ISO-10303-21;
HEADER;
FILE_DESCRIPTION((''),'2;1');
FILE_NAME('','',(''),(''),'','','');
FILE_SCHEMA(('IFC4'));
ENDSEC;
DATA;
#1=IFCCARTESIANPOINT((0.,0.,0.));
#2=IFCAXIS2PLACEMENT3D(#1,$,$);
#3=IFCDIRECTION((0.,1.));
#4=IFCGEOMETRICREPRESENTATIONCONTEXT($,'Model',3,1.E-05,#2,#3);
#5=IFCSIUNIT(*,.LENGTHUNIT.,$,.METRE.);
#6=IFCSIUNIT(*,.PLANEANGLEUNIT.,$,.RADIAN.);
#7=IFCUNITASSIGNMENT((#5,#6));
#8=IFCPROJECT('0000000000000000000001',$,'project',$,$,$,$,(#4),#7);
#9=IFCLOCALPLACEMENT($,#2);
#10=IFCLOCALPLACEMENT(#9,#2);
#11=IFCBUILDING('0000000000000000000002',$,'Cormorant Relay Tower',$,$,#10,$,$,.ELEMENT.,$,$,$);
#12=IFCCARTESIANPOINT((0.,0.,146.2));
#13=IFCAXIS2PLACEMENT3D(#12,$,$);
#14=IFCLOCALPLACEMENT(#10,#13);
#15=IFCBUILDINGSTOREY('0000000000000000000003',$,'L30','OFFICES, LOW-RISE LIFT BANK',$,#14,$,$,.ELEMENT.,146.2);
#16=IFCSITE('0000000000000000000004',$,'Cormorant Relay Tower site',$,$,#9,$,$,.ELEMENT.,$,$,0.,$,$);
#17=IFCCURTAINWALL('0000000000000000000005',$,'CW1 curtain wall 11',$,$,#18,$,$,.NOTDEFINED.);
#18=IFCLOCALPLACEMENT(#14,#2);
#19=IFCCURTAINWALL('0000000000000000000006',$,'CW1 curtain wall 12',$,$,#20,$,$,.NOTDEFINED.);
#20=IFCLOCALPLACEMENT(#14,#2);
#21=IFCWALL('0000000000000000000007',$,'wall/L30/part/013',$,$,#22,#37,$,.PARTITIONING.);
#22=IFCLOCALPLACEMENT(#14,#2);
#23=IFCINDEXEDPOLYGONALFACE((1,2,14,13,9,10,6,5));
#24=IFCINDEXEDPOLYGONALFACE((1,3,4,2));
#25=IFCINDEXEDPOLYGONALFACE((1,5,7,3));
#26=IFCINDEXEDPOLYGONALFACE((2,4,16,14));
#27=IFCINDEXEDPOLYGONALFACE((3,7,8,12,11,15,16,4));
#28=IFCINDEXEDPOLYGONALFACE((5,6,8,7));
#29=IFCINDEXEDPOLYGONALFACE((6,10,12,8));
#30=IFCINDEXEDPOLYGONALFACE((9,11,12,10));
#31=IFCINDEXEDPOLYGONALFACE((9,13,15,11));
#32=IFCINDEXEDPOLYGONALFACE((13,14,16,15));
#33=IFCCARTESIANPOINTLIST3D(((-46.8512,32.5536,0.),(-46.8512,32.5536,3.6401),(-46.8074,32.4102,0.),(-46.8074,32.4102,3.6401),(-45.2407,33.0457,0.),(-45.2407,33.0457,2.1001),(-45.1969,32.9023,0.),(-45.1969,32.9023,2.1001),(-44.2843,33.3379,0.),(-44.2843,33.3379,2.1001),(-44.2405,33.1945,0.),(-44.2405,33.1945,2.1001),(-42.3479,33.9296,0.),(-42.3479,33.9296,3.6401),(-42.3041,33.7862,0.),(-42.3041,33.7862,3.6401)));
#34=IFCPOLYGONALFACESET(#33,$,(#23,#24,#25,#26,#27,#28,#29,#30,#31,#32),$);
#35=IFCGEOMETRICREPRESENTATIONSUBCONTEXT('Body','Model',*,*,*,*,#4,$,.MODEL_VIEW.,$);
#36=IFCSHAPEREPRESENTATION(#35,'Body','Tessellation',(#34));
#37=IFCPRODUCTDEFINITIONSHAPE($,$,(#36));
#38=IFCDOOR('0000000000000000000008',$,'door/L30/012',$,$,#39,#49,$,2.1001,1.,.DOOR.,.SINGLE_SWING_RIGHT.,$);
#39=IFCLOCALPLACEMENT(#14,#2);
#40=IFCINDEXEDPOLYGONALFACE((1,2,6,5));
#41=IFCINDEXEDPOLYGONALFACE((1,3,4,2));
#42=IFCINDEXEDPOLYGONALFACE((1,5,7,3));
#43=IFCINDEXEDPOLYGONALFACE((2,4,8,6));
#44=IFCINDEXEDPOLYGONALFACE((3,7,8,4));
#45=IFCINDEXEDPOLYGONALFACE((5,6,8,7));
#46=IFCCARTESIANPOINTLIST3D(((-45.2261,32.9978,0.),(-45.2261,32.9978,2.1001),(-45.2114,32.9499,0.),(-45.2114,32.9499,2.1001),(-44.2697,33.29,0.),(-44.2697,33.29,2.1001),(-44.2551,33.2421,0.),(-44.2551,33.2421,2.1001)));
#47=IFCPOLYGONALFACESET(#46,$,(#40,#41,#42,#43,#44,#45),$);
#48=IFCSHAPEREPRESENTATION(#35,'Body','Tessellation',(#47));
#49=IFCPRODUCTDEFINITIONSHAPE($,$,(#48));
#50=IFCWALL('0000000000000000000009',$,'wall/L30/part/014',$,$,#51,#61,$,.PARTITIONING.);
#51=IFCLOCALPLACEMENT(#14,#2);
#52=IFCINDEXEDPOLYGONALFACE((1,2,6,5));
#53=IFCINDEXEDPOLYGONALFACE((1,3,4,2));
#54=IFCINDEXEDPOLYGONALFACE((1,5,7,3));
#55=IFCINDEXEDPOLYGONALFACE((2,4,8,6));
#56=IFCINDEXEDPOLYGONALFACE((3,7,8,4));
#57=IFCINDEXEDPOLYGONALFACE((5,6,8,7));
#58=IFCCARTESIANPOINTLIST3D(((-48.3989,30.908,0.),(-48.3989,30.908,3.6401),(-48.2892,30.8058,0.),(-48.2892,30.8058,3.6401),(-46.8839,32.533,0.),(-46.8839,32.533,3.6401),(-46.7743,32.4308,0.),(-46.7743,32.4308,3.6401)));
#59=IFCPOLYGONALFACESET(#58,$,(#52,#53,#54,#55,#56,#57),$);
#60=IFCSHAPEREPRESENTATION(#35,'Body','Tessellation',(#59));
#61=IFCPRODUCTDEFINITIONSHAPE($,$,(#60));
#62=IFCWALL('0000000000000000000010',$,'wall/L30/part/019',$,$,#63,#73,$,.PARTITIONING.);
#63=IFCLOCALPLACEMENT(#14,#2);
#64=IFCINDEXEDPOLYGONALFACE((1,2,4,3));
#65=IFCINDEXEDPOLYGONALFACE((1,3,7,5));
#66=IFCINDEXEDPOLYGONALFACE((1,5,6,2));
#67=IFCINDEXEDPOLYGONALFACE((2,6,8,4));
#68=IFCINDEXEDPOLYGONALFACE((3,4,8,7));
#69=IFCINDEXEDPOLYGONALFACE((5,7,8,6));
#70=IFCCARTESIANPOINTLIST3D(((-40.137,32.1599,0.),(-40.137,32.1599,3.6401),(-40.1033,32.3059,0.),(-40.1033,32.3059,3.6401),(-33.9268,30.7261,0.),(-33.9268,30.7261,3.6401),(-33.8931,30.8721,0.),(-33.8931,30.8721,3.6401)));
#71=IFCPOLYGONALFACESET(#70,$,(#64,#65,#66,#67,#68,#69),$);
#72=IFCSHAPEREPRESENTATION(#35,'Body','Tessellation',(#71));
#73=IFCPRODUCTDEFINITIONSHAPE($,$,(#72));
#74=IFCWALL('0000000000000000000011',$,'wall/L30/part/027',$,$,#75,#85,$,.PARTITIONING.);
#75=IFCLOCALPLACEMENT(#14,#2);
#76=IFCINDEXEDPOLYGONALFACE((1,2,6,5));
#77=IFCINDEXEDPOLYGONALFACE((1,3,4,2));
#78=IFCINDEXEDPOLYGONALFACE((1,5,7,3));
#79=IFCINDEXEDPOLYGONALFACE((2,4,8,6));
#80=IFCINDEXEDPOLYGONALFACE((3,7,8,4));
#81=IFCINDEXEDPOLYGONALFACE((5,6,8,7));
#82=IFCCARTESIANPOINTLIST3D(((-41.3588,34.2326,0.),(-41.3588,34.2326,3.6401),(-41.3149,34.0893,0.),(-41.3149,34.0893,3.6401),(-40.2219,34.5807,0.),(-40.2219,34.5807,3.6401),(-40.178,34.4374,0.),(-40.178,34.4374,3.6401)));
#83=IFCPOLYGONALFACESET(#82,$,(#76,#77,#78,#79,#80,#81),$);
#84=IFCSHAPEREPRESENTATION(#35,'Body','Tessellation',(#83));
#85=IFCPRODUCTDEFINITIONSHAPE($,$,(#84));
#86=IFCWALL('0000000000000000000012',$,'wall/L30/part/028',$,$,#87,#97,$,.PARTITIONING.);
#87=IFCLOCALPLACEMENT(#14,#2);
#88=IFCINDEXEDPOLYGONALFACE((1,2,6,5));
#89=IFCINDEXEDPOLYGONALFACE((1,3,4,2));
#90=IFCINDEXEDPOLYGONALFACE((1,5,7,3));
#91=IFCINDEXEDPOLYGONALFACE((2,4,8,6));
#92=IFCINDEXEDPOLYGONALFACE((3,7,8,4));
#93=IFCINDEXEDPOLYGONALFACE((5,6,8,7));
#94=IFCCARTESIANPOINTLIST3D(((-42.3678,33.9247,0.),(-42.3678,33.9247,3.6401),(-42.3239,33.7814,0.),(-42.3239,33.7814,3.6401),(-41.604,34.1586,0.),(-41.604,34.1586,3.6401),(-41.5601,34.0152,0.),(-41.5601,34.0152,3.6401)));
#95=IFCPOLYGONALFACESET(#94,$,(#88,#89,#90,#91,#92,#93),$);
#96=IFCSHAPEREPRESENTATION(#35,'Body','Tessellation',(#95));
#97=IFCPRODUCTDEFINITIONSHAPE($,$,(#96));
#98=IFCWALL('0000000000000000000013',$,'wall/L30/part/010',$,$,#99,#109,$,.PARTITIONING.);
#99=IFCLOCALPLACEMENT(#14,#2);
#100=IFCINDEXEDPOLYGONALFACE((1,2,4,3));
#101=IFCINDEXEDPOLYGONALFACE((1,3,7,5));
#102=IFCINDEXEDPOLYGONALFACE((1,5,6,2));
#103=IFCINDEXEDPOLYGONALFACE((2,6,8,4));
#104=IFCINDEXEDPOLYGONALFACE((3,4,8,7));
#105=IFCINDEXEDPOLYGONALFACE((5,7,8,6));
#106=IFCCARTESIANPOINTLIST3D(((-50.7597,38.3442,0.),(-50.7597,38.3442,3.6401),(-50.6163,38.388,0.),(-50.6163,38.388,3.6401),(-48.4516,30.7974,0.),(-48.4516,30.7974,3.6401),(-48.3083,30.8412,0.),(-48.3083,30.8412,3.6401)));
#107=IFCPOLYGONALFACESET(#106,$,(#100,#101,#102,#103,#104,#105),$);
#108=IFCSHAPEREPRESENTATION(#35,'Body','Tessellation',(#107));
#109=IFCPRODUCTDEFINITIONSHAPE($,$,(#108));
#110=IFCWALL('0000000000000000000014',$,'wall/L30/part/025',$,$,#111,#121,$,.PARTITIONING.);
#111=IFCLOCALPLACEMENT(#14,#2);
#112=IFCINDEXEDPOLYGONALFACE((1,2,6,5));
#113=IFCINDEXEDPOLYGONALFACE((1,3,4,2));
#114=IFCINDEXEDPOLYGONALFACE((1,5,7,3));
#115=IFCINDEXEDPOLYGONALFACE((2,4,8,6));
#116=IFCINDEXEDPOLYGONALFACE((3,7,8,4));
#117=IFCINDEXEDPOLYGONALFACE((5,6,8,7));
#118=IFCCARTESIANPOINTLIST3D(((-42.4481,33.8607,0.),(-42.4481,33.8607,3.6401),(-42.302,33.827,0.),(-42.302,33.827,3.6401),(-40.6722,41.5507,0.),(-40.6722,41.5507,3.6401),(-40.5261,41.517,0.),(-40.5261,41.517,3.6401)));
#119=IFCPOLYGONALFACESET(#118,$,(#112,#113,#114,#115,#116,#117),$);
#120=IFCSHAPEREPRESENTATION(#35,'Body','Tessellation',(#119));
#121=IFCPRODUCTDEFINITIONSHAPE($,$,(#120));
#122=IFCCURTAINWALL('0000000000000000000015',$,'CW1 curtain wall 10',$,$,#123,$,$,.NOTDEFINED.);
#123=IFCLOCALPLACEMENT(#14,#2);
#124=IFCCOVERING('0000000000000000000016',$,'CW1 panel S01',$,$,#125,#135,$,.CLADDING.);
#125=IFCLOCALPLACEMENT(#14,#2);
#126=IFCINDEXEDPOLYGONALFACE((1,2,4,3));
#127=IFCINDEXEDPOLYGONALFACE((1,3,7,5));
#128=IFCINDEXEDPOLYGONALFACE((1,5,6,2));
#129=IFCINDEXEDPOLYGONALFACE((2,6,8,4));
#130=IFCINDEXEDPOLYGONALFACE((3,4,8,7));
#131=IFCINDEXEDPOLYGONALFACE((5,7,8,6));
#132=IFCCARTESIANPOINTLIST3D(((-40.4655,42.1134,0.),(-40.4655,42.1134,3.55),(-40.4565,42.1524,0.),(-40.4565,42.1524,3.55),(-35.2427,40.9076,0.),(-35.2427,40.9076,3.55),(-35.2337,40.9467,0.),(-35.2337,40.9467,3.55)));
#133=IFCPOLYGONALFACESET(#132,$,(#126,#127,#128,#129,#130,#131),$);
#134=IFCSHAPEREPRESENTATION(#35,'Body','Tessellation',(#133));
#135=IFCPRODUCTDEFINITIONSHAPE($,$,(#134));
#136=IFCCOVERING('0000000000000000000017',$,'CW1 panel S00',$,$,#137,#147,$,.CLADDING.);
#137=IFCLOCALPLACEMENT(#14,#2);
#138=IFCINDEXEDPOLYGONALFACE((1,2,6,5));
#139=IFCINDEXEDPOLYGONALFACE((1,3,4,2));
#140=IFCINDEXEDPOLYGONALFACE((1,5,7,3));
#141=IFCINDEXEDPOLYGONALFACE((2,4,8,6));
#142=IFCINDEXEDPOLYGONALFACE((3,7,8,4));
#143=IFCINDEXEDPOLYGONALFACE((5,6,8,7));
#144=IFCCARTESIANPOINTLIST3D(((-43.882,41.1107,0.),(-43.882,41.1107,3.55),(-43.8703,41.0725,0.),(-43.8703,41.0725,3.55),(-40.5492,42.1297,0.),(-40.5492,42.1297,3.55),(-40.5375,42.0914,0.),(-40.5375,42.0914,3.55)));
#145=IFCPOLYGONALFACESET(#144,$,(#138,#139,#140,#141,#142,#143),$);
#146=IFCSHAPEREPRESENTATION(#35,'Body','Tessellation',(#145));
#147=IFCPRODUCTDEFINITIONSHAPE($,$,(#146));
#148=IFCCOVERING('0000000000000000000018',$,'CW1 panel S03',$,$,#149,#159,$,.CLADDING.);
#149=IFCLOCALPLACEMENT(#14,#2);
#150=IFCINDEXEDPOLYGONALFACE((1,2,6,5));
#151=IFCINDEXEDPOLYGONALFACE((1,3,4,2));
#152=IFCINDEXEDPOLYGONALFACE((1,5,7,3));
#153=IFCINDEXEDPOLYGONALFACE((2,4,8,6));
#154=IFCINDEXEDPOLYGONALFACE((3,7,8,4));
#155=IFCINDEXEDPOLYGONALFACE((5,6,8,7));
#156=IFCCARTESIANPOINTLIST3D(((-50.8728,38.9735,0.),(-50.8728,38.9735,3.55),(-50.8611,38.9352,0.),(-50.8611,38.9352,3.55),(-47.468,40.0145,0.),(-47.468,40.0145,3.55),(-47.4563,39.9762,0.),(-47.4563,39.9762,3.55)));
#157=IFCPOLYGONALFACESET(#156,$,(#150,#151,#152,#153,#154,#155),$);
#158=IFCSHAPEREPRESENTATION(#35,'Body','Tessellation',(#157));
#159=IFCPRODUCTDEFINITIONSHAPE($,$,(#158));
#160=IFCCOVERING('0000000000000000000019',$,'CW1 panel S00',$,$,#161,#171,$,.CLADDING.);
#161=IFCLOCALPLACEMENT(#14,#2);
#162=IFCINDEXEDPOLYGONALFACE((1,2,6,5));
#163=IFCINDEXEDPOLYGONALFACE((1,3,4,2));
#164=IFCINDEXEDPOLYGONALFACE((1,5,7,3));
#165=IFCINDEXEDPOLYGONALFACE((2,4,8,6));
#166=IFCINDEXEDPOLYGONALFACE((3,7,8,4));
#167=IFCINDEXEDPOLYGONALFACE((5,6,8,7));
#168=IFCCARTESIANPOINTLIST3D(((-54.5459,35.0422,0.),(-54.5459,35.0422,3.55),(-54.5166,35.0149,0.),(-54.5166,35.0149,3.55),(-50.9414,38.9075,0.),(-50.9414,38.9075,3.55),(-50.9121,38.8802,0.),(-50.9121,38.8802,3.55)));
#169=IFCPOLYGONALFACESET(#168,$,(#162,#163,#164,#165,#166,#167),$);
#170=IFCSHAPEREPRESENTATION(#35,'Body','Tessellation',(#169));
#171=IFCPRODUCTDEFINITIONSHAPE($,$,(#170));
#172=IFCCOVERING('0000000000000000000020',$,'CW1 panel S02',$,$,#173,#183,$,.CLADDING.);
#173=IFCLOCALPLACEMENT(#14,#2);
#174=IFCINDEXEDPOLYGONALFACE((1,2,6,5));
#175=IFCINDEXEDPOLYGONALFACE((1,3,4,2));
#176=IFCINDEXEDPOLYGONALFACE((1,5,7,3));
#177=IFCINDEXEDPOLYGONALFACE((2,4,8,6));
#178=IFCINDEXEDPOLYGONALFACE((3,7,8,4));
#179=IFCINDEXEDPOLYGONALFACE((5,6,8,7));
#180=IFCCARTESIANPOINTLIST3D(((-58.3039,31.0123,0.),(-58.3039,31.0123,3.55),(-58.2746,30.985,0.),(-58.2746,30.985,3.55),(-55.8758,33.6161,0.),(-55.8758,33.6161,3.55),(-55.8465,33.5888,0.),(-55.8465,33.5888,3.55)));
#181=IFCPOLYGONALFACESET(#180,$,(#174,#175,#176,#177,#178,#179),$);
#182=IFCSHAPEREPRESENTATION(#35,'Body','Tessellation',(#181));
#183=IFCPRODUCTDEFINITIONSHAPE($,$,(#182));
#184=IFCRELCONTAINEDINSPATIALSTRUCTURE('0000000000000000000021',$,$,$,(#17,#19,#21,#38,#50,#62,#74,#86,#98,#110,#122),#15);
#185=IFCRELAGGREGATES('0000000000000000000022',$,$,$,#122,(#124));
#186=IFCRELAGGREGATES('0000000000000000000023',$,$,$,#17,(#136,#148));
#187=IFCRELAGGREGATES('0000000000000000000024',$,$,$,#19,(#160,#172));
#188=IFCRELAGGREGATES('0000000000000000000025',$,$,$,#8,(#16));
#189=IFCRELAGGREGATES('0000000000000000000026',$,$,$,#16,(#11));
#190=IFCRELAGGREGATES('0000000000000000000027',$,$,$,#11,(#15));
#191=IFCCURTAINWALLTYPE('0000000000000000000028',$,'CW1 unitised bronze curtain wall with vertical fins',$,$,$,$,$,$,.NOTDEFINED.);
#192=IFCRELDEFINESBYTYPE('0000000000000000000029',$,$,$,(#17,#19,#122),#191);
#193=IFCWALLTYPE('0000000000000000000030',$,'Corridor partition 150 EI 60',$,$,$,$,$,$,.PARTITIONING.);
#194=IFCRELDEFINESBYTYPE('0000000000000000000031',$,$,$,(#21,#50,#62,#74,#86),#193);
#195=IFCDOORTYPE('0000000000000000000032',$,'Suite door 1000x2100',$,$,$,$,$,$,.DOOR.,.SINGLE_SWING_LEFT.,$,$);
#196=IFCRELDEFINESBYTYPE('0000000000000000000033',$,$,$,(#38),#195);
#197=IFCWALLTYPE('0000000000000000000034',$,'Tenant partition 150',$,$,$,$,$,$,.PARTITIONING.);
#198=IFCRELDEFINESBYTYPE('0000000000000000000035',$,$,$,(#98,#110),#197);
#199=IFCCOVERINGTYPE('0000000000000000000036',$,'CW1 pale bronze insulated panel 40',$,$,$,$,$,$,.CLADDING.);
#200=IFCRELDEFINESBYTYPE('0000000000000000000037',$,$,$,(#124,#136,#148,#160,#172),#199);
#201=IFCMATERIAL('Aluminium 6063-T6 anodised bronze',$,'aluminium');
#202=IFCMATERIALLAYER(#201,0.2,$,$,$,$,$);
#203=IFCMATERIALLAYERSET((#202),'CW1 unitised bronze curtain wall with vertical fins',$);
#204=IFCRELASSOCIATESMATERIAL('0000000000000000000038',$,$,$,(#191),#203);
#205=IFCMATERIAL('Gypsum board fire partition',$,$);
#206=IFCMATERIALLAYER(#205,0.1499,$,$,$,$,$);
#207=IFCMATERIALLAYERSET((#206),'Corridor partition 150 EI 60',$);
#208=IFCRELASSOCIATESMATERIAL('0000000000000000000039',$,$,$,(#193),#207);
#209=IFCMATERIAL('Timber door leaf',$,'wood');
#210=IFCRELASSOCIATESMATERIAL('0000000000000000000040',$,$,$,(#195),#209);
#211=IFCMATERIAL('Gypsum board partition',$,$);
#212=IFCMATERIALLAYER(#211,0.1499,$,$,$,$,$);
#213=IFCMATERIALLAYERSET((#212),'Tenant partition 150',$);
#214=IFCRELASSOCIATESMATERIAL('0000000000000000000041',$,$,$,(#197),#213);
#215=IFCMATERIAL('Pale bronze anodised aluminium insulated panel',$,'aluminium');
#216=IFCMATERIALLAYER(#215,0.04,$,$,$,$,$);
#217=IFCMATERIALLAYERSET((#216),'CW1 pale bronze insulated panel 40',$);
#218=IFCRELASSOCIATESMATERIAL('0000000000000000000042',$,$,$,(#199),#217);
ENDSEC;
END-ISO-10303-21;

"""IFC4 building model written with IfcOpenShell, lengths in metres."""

from ifc_helpers import new_model, si_unit, direction, frame, frame_2d, origin, origin_2d, place, context, subcontext, project, spatial, rectangle, extrude, material, layer, layer_set, type_object, element, fill, aggregate, save


model = new_model("IFC4")

# Units and contexts
model_context = context("Model", 3, precision=1e-05, world=origin(), true_north=direction((0.0, 1.0)))
body_context = subcontext(model_context, "Body", "Model", "MODEL_VIEW")
ifc_project = project(units=[si_unit("LENGTHUNIT", "METRE"), si_unit("PLANEANGLEUNIT", "RADIAN")], contexts=[model_context])

# Site, building, storey
site_placement = place(None, origin())
site = spatial("IfcSite", under=ifc_project, at=site_placement, Name="Cormorant Relay Tower site", CompositionType="ELEMENT", RefElevation=0.0)
building_placement = place(site_placement, origin())
building = spatial("IfcBuilding", under=site, at=building_placement, Name="Cormorant Relay Tower", CompositionType="ELEMENT")
storey_placement = place(building_placement, frame((0.0, 0.0, 146.2)))
storey = spatial("IfcBuildingStorey", under=building, at=storey_placement, Name="L30", Description="OFFICES, LOW-RISE LIFT BANK", CompositionType="ELEMENT", Elevation=146.2)

# Curtain walls
ifc_material_1 = material(Name="Aluminium 6063-T6 anodised bronze", Category="aluminium")
ifc_layer_1 = layer(ifc_material_1, 0.2)
ifc_layer_set_1 = layer_set([ifc_layer_1], Name="CW1 unitised bronze curtain wall with vertical fins")
curtain_wall_type = type_object("IfcCurtainWallType", Name="CW1 unitised bronze curtain wall with vertical fins", PredefinedType="NOTDEFINED", material=ifc_layer_set_1)
curtain_wall_1_placement = place(storey_placement, origin())
curtain_wall_1 = element("IfcCurtainWall", 1, at=curtain_wall_1_placement, inside=storey, type_object=curtain_wall_type, Name="CW1 curtain wall 11", PredefinedType="NOTDEFINED")
curtain_wall_2_placement = place(storey_placement, origin())
curtain_wall_2 = element("IfcCurtainWall", 2, at=curtain_wall_2_placement, inside=storey, type_object=curtain_wall_type, Name="CW1 curtain wall 12", PredefinedType="NOTDEFINED")

# Wall, opening, door
ifc_material_2 = material(Name="Gypsum board fire partition")
ifc_layer_2 = layer(ifc_material_2, 0.1499)
ifc_layer_set_2 = layer_set([ifc_layer_2], Name="Corridor partition 150 EI 60")
wall_type_1 = type_object("IfcWallType", Name="Corridor partition 150 EI 60", PredefinedType="PARTITIONING", material=ifc_layer_set_2)
wall_1_placement = place(storey_placement, frame((-42.3259, 33.8579, 0.0), z_axis=(0.0, 0.0, 1.0), x_axis=(-0.956351, -0.29222, 0.0)))
wall_1 = element("IfcWall", 3, at=wall_1_placement, inside=storey, type_object=wall_type_1, Name="wall/L30/part/013", PredefinedType="PARTITIONING", context=body_context, shape_type="SweptSolid", body=[
    extrude(rectangle(XDim=4.7087, YDim=0.1499, at=frame_2d((2.3545, 0.0))), origin(), (0.0, 0.0, 1.0), 3.6401),
])
opening_placement = place(wall_1_placement, frame((2.0249, 0.0, 0.0)))
opening = element("IfcOpeningElement", 4, at=opening_placement, cuts=wall_1, PredefinedType="OPENING", context=body_context, shape_type="SweptSolid", body=[
    extrude(rectangle(XDim=1.0, YDim=2.1001, at=frame_2d((0.5, 1.05))), frame((0.0, 0.085, 0.0), z_axis=(0.0, -1.0, 0.0), x_axis=(1.0, 0.0, 0.0)), (0.0, 0.0, 1.0), 0.1699),
])
ifc_material_3 = material(Name="Timber door leaf", Category="wood")
door_type = type_object("IfcDoorType", Name="Suite door 1000x2100", OperationType="SINGLE_SWING_LEFT", PredefinedType="DOOR", material=ifc_material_3)
door_placement = place(opening_placement, frame((1.0, 0.0, 0.0), z_axis=(0.0, 0.0, 1.0), x_axis=(-1.0, 0.0, 0.0)))
door = element("IfcDoor", 5, at=door_placement, inside=storey, type_object=door_type, Name="door/L30/012", OperationType="SINGLE_SWING_RIGHT", OverallHeight=2.1001, OverallWidth=1.0, PredefinedType="DOOR", context=body_context, shape_type="SweptSolid", body=[
    extrude(rectangle(XDim=1.0, YDim=2.1001, at=frame_2d((0.5, 1.05))), frame((0.0, 0.0249, 0.0), z_axis=(0.0, -1.0, 0.0), x_axis=(1.0, 0.0, 0.0)), (0.0, 0.0, 1.0), 0.05),
])
fill(opening, door)

# Walls
wall_2_placement = place(storey_placement, frame((-46.8291, 32.4819, 0.0), z_axis=(0.0, 0.0, 1.0), x_axis=(-0.681891, -0.731453, 0.0)))
element("IfcWall", 6, at=wall_2_placement, inside=storey, type_object=wall_type_1, Name="wall/L30/part/014", PredefinedType="PARTITIONING", context=body_context, shape_type="SweptSolid", body=[
    extrude(rectangle(XDim=2.2217, YDim=0.1499, at=frame_2d((1.1108, 0.0))), origin(), (0.0, 0.0, 1.0), 3.6401),
])
wall_3_placement = place(storey_placement, frame((-40.1201, 32.2329, 0.0), z_axis=(0.0, 0.0, 1.0), x_axis=(0.974367, -0.224966, 0.0)))
element("IfcWall", 7, at=wall_3_placement, inside=storey, type_object=wall_type_1, Name="wall/L30/part/019", PredefinedType="PARTITIONING", context=body_context, shape_type="SweptSolid", body=[
    extrude(rectangle(XDim=6.3735, YDim=0.1499, at=frame_2d((3.1868, 0.0))), origin(), (0.0, 0.0, 1.0), 3.6401),
])
wall_4_placement = place(storey_placement, frame((-40.2, 34.509, 0.0), z_axis=(0.0, 0.0, 1.0), x_axis=(-0.956178, -0.292787, 0.0)))
element("IfcWall", 8, at=wall_4_placement, inside=storey, type_object=wall_type_1, Name="wall/L30/part/027", PredefinedType="PARTITIONING", context=body_context, shape_type="SweptSolid", body=[
    extrude(rectangle(XDim=1.189, YDim=0.1499, at=frame_2d((0.5945, 0.0))), origin(), (0.0, 0.0, 1.0), 3.6401),
])
wall_5_placement = place(storey_placement, frame((-41.582, 34.0869, 0.0), z_axis=(0.0, 0.0, 1.0), x_axis=(-0.956188, -0.292754, 0.0)))
element("IfcWall", 9, at=wall_5_placement, inside=storey, type_object=wall_type_1, Name="wall/L30/part/028", PredefinedType="PARTITIONING", context=body_context, shape_type="SweptSolid", body=[
    extrude(rectangle(XDim=0.7988, YDim=0.1499, at=frame_2d((0.3994, 0.0))), origin(), (0.0, 0.0, 1.0), 3.6401),
])
ifc_material_4 = material(Name="Gypsum board partition")
ifc_layer_3 = layer(ifc_material_4, 0.1499)
ifc_layer_set_3 = layer_set([ifc_layer_3], Name="Tenant partition 150")
wall_type_2 = type_object("IfcWallType", Name="Tenant partition 150", PredefinedType="PARTITIONING", material=ifc_layer_set_3)
wall_6_placement = place(storey_placement, frame((-50.688, 38.366, 0.0), z_axis=(0.0, 0.0, 1.0), x_axis=(0.292464, -0.956277, 0.0)))
element("IfcWall", 10, at=wall_6_placement, inside=storey, type_object=wall_type_2, Name="wall/L30/part/010", PredefinedType="PARTITIONING", context=body_context, shape_type="SweptSolid", body=[
    extrude(rectangle(XDim=7.8918, YDim=0.1499, at=frame_2d((3.9458, 0.0))), origin(), (0.0, 0.0, 1.0), 3.6401),
])
wall_7_placement = place(storey_placement, frame((-40.5991, 41.5339, 0.0), z_axis=(0.0, 0.0, 1.0), x_axis=(-0.225013, -0.974356, 0.0)))
element("IfcWall", 11, at=wall_7_placement, inside=storey, type_object=wall_type_2, Name="wall/L30/part/025", PredefinedType="PARTITIONING", context=body_context, shape_type="SweptSolid", body=[
    extrude(rectangle(XDim=7.8923, YDim=0.1499, at=frame_2d((3.9463, 0.0))), origin(), (0.0, 0.0, 1.0), 3.6401),
])

# Curtain wall, covering
curtain_wall_3_placement = place(storey_placement, origin())
curtain_wall_3 = element("IfcCurtainWall", 12, at=curtain_wall_3_placement, inside=storey, type_object=curtain_wall_type, Name="CW1 curtain wall 10", PredefinedType="NOTDEFINED")
ifc_material_5 = material(Name="Pale bronze anodised aluminium insulated panel", Category="aluminium")
ifc_layer_4 = layer(ifc_material_5, 0.04)
ifc_layer_set_4 = layer_set([ifc_layer_4], Name="CW1 pale bronze insulated panel 40")
covering_type = type_object("IfcCoveringType", Name="CW1 pale bronze insulated panel 40", PredefinedType="CLADDING", material=ifc_layer_set_4)
covering_1_placement = place(storey_placement, frame((-37.8496, 41.53, 0.0), z_axis=(0.0, 0.0, 1.0), x_axis=(-0.97437, 0.224951, 0.0)))
covering_1 = element("IfcCovering", 13, at=covering_1_placement, type_object=covering_type, Name="CW1 panel S01", PredefinedType="CLADDING", context=body_context, shape_type="SweptSolid", body=[
    extrude(rectangle(XDim=5.3601, YDim=0.04, at=origin_2d()), origin(), (0.0, 0.0, 1.0), 3.55),
])
aggregate(curtain_wall_3, [covering_1])

# Coverings
covering_2_placement = place(storey_placement, frame((-42.2097, 41.6011, 0.0), z_axis=(0.0, 0.0, 1.0), x_axis=(-0.956305, -0.292372, 0.0)))
covering_2 = element("IfcCovering", 14, at=covering_2_placement, type_object=covering_type, Name="CW1 panel S00", PredefinedType="CLADDING", context=body_context, shape_type="SweptSolid", body=[
    extrude(rectangle(XDim=3.4851, YDim=0.04, at=origin_2d()), origin(), (0.0, 0.0, 1.0), 3.55),
])
covering_3_placement = place(storey_placement, frame((-49.1646, 39.4749, 0.0), z_axis=(0.0, 0.0, 1.0), x_axis=(-0.956305, -0.292372, 0.0)))
covering_3 = element("IfcCovering", 15, at=covering_3_placement, type_object=covering_type, Name="CW1 panel S03", PredefinedType="CLADDING", context=body_context, shape_type="SweptSolid", body=[
    extrude(rectangle(XDim=3.5603, YDim=0.04, at=origin_2d()), origin(), (0.0, 0.0, 1.0), 3.55),
])
aggregate(curtain_wall_1, [covering_2, covering_3])
covering_4_placement = place(storey_placement, frame((-52.729, 36.9612, 0.0), z_axis=(0.0, 0.0, 1.0), x_axis=(-0.681998, -0.731354, 0.0)))
covering_4 = element("IfcCovering", 16, at=covering_4_placement, type_object=covering_type, Name="CW1 panel S00", PredefinedType="CLADDING", context=body_context, shape_type="SweptSolid", body=[
    extrude(rectangle(XDim=5.2852, YDim=0.04, at=origin_2d()), origin(), (0.0, 0.0, 1.0), 3.55),
])
covering_5_placement = place(storey_placement, frame((-57.0752, 32.3005, 0.0), z_axis=(0.0, 0.0, 1.0), x_axis=(-0.681998, -0.731354, 0.0)))
covering_5 = element("IfcCovering", 17, at=covering_5_placement, type_object=covering_type, Name="CW1 panel S02", PredefinedType="CLADDING", context=body_context, shape_type="SweptSolid", body=[
    extrude(rectangle(XDim=3.5603, YDim=0.04, at=origin_2d()), origin(), (0.0, 0.0, 1.0), 3.55),
])
aggregate(curtain_wall_2, [covering_4, covering_5])

save(model, "model.ifc")
